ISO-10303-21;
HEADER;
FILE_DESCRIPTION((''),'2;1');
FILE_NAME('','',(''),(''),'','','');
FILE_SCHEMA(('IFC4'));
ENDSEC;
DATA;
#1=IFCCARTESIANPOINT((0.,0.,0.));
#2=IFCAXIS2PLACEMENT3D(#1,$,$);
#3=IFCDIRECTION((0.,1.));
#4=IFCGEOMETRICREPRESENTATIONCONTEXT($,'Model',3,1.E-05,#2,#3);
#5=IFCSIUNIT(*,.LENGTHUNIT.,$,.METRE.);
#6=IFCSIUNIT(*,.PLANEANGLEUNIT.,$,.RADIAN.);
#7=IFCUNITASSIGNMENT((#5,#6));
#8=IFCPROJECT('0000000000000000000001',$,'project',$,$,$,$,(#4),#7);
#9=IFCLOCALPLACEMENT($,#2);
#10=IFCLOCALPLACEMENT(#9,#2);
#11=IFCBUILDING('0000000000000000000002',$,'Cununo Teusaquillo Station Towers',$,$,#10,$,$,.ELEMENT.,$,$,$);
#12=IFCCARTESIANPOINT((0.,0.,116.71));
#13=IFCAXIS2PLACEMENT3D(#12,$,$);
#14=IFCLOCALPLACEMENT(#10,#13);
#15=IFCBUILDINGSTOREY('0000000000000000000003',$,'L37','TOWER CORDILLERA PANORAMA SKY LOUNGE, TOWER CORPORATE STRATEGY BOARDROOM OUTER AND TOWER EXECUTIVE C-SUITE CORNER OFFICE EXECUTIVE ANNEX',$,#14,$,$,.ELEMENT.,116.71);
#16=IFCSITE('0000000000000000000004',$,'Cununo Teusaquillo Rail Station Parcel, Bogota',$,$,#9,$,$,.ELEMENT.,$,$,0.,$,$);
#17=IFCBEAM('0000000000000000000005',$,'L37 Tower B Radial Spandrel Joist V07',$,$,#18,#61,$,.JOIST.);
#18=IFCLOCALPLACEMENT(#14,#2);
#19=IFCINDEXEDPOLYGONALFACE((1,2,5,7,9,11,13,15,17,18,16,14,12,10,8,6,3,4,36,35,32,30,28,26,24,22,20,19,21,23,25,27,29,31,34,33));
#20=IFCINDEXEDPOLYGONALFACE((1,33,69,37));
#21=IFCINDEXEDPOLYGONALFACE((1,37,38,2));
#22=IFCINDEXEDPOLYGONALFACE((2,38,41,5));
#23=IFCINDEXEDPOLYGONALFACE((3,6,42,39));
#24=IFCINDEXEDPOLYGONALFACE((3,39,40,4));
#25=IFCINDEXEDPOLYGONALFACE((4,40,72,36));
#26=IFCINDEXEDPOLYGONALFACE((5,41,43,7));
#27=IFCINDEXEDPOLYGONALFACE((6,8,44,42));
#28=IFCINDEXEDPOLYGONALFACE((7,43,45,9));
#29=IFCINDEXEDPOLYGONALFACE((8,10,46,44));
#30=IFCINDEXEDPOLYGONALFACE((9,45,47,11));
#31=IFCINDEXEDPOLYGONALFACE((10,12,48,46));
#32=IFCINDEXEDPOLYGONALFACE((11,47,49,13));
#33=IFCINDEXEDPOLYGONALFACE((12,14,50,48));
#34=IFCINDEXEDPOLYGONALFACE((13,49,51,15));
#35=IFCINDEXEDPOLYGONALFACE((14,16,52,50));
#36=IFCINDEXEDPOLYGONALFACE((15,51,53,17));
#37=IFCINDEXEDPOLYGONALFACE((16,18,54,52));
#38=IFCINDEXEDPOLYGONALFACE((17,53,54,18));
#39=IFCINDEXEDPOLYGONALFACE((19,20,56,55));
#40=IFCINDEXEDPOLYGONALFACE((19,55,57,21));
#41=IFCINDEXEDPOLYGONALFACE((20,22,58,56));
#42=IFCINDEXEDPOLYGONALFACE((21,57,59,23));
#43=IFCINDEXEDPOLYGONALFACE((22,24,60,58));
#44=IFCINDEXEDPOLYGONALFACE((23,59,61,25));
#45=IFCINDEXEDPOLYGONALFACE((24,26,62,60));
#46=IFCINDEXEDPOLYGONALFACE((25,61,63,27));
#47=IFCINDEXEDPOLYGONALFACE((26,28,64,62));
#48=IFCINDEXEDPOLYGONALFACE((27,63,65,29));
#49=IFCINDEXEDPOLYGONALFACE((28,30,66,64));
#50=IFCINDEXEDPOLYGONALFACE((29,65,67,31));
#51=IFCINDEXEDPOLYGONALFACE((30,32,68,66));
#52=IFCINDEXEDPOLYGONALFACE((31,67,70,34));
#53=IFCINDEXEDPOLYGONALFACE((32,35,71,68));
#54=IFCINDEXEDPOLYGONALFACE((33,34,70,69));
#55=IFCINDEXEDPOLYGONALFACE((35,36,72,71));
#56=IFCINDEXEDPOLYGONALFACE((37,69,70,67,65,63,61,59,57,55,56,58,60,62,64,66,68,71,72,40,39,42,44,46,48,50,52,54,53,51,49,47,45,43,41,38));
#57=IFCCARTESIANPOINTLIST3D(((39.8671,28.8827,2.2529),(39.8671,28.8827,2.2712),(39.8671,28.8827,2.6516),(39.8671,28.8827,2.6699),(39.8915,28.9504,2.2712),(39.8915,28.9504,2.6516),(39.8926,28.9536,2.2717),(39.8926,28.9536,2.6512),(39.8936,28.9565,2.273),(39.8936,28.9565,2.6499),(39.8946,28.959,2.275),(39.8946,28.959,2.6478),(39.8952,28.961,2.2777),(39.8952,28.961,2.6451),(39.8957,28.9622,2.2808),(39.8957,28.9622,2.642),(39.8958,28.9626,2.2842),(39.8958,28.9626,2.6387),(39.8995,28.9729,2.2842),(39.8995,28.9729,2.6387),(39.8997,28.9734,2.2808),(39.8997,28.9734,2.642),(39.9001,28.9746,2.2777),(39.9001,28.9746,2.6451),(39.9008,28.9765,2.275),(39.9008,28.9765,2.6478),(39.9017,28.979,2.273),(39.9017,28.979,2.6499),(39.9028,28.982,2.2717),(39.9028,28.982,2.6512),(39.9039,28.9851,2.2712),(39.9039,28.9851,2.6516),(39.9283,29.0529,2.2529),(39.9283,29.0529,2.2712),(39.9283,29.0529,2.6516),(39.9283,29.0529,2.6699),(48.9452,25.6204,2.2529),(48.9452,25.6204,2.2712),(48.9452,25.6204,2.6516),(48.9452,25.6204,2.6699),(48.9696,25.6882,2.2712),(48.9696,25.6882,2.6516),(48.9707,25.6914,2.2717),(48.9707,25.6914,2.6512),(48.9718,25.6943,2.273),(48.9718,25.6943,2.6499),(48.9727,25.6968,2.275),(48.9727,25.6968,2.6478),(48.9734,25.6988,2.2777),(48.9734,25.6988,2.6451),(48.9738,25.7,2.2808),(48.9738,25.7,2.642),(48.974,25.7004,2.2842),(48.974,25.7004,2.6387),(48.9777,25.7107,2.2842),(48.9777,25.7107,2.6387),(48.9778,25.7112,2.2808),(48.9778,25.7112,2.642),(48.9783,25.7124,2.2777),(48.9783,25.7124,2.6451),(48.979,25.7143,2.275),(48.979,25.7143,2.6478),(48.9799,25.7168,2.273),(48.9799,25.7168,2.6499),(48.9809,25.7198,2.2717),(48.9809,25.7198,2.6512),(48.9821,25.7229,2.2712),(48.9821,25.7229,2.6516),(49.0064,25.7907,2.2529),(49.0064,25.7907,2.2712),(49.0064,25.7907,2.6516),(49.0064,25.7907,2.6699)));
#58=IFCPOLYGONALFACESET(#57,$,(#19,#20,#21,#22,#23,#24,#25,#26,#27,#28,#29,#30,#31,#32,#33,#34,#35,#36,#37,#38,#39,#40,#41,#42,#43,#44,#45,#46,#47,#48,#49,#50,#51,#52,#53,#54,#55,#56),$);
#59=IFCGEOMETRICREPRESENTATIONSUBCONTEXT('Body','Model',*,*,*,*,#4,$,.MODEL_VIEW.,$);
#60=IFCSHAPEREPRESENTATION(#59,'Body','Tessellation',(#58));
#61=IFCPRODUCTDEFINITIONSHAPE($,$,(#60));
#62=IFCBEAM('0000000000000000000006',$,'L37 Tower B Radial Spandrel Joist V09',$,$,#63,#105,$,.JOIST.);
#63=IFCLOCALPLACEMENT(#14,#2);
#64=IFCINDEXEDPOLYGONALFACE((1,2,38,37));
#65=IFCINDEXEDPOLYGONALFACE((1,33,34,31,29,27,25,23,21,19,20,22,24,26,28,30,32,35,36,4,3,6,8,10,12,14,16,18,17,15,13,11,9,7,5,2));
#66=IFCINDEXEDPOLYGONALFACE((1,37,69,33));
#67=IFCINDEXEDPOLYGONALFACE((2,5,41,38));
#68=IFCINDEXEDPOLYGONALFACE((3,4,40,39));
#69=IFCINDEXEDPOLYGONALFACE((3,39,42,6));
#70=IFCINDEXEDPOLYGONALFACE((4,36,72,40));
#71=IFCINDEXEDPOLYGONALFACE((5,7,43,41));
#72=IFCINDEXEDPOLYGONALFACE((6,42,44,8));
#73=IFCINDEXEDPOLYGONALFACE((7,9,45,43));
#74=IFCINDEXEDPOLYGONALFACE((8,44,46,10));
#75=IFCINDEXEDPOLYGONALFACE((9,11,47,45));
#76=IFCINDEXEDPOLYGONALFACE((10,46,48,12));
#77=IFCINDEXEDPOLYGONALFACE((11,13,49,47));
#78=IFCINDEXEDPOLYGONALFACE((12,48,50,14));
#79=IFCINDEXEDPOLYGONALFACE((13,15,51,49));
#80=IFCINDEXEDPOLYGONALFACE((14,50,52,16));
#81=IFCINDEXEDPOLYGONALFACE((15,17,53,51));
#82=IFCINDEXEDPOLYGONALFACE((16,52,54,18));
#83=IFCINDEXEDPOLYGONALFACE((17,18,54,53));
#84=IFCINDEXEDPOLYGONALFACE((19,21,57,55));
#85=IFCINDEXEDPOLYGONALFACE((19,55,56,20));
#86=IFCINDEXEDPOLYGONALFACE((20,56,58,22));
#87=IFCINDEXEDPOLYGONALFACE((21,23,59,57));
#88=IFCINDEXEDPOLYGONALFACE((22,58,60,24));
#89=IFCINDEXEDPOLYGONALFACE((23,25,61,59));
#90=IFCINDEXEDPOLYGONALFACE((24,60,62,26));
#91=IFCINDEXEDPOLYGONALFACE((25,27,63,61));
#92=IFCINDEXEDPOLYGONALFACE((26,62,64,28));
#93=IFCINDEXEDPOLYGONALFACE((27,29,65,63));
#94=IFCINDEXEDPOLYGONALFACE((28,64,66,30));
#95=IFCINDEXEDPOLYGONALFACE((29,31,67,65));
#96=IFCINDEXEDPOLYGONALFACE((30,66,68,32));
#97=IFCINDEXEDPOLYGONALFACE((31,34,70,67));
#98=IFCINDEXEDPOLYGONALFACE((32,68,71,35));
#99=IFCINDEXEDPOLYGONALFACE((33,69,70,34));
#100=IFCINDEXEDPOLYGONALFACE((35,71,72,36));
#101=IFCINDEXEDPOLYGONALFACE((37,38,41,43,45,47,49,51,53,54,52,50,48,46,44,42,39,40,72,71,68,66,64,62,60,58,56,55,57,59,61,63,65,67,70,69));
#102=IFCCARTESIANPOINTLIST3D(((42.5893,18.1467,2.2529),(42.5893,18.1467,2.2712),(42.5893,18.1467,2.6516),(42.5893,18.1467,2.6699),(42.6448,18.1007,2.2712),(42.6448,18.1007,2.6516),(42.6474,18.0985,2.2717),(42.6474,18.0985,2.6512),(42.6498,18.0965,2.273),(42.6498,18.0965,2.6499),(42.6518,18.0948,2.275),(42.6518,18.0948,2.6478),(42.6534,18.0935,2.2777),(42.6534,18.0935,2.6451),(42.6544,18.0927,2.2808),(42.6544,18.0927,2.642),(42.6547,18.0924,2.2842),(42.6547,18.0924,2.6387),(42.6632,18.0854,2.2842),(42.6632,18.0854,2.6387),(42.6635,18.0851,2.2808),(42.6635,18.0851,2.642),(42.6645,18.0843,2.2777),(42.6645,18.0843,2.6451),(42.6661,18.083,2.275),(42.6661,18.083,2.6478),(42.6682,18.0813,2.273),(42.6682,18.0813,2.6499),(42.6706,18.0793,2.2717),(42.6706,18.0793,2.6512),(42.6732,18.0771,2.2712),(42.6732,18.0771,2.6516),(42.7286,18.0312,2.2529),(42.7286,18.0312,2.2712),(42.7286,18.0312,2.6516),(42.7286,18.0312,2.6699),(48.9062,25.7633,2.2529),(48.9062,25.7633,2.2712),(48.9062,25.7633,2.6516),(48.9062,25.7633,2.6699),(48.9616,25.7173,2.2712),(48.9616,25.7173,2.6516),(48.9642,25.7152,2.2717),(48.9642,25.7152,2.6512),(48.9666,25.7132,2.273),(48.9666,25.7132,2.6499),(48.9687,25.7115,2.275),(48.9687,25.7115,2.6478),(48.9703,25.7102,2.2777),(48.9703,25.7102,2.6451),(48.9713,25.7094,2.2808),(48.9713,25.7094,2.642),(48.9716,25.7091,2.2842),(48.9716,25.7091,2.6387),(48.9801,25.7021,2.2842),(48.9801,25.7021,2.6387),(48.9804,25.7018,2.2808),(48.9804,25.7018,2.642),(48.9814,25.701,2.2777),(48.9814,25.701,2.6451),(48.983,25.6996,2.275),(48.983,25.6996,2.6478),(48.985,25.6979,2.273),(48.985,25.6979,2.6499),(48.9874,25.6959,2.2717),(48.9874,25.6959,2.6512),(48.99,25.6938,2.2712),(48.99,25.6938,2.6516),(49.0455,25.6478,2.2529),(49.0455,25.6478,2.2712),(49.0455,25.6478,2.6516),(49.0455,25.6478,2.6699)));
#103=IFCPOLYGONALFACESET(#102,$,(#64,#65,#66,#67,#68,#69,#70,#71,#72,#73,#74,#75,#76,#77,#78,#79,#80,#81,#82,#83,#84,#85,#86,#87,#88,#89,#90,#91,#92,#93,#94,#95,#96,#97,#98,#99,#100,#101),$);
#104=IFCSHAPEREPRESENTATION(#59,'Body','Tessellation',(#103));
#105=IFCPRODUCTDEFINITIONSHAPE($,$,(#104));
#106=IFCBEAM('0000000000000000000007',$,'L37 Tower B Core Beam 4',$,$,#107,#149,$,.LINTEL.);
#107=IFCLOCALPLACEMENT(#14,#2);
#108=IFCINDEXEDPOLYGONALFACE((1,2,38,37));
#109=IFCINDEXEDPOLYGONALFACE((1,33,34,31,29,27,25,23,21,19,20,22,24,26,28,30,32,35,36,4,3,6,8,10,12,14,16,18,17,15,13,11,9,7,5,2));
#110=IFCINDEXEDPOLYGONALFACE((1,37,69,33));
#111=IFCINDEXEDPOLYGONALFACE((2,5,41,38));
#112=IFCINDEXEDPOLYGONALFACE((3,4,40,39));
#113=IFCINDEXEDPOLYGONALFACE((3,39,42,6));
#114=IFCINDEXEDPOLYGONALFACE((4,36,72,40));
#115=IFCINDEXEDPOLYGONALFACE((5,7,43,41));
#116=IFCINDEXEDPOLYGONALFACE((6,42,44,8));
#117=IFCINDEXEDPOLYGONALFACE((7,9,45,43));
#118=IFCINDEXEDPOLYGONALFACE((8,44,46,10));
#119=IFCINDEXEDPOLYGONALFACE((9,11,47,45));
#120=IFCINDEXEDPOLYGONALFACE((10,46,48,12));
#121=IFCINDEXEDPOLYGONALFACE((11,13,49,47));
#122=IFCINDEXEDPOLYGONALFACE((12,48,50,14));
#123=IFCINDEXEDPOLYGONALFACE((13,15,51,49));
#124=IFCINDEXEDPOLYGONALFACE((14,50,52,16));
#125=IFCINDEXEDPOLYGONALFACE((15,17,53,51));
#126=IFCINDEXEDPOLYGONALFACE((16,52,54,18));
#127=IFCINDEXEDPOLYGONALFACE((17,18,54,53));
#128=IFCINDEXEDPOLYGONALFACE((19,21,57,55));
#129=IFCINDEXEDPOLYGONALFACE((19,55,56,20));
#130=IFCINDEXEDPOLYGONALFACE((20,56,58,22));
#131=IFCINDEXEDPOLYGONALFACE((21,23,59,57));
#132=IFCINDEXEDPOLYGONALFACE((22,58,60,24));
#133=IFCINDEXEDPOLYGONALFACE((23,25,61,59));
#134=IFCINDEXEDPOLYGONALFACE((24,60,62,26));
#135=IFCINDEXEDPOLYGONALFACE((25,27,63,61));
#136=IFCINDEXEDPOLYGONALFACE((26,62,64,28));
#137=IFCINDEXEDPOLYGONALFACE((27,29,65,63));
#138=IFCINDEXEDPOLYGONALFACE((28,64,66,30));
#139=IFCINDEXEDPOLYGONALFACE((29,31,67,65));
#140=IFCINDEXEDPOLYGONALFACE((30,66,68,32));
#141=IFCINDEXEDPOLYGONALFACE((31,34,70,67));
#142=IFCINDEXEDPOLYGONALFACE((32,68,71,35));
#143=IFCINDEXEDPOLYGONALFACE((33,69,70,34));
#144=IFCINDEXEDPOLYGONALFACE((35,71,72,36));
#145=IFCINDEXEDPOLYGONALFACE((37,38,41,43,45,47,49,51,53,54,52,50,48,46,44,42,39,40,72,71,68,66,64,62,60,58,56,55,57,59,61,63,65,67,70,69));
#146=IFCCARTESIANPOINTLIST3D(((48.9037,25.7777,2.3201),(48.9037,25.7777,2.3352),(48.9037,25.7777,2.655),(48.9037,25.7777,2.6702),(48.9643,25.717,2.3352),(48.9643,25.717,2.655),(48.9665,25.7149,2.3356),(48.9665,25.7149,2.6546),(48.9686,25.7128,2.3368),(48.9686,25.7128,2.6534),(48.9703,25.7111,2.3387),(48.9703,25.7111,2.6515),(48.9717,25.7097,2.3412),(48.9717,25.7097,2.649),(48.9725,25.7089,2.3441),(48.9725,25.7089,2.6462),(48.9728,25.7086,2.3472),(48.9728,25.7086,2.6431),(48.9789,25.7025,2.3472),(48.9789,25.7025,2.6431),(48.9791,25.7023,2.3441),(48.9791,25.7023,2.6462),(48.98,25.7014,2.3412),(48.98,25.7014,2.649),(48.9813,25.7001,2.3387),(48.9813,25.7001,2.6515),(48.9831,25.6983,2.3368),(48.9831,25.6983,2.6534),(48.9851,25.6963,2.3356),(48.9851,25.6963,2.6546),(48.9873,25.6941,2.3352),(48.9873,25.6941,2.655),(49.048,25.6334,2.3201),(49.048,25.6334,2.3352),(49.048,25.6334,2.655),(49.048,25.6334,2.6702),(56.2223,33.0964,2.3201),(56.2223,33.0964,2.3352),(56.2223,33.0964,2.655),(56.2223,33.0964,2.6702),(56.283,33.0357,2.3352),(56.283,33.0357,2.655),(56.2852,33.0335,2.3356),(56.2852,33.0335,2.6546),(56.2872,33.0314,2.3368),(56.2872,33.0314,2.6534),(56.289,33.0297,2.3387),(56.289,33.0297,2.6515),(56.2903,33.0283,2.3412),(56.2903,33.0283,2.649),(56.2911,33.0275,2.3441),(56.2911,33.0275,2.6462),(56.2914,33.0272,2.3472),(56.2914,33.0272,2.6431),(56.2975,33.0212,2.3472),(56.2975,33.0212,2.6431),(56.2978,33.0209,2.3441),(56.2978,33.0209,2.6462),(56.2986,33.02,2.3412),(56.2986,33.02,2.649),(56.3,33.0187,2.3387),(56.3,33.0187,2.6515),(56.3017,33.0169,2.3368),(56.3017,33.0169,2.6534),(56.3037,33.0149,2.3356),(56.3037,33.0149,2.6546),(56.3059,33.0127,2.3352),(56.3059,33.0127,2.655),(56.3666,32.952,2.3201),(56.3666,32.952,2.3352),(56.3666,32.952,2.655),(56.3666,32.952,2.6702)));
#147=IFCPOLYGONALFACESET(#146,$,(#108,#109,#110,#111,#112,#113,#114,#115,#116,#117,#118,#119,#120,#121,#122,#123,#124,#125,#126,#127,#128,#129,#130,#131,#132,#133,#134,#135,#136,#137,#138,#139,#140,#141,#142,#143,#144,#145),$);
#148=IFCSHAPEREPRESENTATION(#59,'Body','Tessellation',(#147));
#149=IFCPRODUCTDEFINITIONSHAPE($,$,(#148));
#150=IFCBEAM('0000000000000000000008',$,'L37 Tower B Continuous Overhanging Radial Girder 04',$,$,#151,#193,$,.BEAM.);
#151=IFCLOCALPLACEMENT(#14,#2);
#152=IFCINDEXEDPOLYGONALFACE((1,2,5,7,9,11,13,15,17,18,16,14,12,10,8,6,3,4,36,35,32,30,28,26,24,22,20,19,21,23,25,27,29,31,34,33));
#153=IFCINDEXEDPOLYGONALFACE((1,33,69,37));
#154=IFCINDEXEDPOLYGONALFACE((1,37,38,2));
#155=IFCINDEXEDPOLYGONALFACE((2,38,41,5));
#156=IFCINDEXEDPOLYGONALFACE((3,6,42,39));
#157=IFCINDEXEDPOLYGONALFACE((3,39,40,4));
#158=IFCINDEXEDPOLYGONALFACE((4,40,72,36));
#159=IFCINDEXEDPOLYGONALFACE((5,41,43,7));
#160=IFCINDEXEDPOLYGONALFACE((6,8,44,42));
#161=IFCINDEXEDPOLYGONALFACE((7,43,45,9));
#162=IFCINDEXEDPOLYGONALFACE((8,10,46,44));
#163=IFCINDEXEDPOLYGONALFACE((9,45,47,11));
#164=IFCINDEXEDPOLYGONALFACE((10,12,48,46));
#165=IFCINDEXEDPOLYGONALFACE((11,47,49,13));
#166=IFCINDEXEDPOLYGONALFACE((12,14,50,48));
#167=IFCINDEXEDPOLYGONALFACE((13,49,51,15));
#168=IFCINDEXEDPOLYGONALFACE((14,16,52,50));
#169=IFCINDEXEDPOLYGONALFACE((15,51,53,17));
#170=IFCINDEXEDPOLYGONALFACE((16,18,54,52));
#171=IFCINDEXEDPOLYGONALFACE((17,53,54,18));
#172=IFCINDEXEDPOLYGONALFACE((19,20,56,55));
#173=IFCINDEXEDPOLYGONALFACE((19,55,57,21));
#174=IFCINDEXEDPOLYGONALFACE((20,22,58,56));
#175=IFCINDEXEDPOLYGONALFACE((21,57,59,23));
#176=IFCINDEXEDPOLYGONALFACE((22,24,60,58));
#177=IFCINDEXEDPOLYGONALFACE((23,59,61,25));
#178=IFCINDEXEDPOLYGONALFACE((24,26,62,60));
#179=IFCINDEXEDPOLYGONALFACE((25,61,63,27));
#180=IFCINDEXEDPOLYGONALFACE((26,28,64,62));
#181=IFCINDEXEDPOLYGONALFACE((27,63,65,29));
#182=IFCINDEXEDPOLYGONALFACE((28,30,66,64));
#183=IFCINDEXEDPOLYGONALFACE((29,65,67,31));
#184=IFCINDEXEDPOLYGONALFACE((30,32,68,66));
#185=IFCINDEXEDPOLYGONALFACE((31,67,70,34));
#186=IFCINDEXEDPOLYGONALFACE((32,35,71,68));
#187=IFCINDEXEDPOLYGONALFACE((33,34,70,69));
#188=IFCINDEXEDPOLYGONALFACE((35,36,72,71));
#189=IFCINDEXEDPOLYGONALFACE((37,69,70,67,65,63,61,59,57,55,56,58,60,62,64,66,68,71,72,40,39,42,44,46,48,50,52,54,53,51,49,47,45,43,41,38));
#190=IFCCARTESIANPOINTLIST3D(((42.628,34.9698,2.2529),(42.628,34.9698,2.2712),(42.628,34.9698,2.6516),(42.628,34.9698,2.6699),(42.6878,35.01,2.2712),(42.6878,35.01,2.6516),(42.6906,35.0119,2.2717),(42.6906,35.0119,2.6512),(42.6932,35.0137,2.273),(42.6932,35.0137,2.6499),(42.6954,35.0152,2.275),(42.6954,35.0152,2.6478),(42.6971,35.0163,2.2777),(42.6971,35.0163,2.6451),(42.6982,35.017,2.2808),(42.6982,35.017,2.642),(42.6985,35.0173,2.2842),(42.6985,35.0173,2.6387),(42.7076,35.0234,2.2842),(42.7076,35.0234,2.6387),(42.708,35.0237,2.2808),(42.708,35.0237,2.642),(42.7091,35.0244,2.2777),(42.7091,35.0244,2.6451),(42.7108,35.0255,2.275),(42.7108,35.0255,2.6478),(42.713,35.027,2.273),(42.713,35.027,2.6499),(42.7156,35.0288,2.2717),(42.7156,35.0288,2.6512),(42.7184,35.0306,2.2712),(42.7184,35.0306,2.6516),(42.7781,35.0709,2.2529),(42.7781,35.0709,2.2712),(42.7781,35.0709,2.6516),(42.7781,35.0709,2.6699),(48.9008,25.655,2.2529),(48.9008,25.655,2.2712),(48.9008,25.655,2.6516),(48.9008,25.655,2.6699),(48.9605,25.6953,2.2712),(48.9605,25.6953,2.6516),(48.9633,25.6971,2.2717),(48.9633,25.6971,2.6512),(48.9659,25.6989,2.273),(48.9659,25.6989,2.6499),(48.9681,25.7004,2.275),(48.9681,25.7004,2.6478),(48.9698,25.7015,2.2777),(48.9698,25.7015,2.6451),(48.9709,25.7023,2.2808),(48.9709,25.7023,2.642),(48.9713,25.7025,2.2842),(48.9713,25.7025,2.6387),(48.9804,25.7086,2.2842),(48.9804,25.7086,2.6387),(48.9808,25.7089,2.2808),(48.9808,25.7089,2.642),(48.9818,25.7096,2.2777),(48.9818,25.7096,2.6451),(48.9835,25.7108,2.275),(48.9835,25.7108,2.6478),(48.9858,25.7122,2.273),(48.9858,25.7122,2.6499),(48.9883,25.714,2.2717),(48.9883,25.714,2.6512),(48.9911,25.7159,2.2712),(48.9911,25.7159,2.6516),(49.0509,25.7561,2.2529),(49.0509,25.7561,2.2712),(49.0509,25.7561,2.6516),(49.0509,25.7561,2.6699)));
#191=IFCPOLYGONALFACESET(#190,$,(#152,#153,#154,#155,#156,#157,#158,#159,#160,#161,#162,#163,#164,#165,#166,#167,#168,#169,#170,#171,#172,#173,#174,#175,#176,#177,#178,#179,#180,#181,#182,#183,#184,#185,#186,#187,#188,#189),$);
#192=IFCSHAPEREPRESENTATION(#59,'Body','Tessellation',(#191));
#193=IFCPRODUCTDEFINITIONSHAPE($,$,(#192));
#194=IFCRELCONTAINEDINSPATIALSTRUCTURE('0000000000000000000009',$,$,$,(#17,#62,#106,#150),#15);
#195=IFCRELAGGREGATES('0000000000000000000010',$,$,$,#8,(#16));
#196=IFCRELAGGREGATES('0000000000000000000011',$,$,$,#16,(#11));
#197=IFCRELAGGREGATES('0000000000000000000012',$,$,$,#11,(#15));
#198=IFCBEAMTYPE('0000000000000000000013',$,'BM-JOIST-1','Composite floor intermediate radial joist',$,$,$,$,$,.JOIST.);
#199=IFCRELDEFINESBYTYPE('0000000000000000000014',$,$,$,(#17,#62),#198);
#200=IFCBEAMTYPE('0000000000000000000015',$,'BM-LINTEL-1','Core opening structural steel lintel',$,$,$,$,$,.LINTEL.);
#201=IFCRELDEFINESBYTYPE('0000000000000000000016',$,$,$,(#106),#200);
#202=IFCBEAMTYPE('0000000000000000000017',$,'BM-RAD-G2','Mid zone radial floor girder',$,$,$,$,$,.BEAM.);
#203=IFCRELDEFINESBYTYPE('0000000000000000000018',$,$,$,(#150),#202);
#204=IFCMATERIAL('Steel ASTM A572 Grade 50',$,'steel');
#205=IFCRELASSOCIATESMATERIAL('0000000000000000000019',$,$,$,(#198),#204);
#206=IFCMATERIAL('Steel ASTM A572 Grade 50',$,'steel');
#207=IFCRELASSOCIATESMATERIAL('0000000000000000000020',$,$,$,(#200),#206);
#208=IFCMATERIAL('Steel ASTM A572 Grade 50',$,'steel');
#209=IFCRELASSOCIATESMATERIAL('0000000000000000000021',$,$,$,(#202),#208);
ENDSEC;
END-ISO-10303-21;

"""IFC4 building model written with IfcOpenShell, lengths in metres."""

from ifc_helpers import new_model, si_unit, direction, frame, origin, origin_2d, place, context, subcontext, project, spatial, i_section, extrude, material, material_profile, profile_set, type_object, element, save


model = new_model("IFC4")

# Units and contexts
model_context = context("Model", 3, precision=1e-05, world=origin(), true_north=direction((0.0, 1.0)))
body_context = subcontext(model_context, "Body", "Model", "MODEL_VIEW")
ifc_project = project(units=[si_unit("LENGTHUNIT", "METRE"), si_unit("PLANEANGLEUNIT", "RADIAN")], contexts=[model_context])

# Site, building, storey
site_placement = place(None, origin())
site = spatial("IfcSite", under=ifc_project, at=site_placement, Name="Cununo Teusaquillo Rail Station Parcel, Bogota", CompositionType="ELEMENT", RefElevation=0.0)
building_placement = place(site_placement, origin())
building = spatial("IfcBuilding", under=site, at=building_placement, Name="Cununo Teusaquillo Station Towers", CompositionType="ELEMENT")
storey_placement = place(building_placement, frame((0.0, 0.0, 116.71)))
storey = spatial("IfcBuildingStorey", under=building, at=storey_placement, Name="L37", Description="TOWER CORDILLERA PANORAMA SKY LOUNGE, TOWER CORPORATE STRATEGY BOARDROOM OUTER AND TOWER EXECUTIVE C-SUITE CORNER OFFICE EXECUTIVE ANNEX", CompositionType="ELEMENT", Elevation=116.71)

# Beams
ifc_material_1 = material(Name="Steel ASTM A572 Grade 50", Category="steel")
ifc_material_profile_1 = material_profile(ifc_material_1, i_section(OverallWidth=0.1809, OverallDepth=0.417, WebThickness=0.011, FlangeThickness=0.0183, FilletRadius=0.0129, at=origin_2d()), Name="W16X57")
ifc_profile_set_1 = profile_set([ifc_material_profile_1], Name="Steel ASTM A572 Grade 50")
beam_type_1 = type_object("IfcBeamType", Name="BM-JOIST-1", Description="Composite floor intermediate radial joist", PredefinedType="JOIST", material=ifc_profile_set_1)
beam_1_placement = place(storey_placement, frame((48.9758, 25.7056, 2.4614), z_axis=(-0.941083, 0.338176, 0.0), x_axis=(-0.338176, -0.941083, 0.0)))
element("IfcBeam", 1, at=beam_1_placement, inside=storey, type_object=beam_type_1, Name="L37 Tower B Radial Spandrel Joist V07", PredefinedType="JOIST", context=body_context, shape_type="SweptSolid", body=[
    extrude(i_section(OverallWidth=0.1809, OverallDepth=0.417, WebThickness=0.011, FlangeThickness=0.0183, FilletRadius=0.0129, at=origin_2d()), origin(), (0.0, 0.0, 1.0), 9.6465),
])
beam_2_placement = place(storey_placement, frame((48.9758, 25.7056, 2.4614), z_axis=(-0.638372, -0.769728, 0.0), x_axis=(0.769728, -0.638372, 0.0)))
element("IfcBeam", 2, at=beam_2_placement, inside=storey, type_object=beam_type_1, Name="L37 Tower B Radial Spandrel Joist V09", PredefinedType="JOIST", context=body_context, shape_type="SweptSolid", body=[
    extrude(i_section(OverallWidth=0.1809, OverallDepth=0.417, WebThickness=0.011, FlangeThickness=0.0183, FilletRadius=0.0129, at=origin_2d()), origin(), (0.0, 0.0, 1.0), 9.8953),
])
ifc_material_2 = material(Name="Steel ASTM A572 Grade 50", Category="steel")
ifc_material_profile_2 = material_profile(ifc_material_2, i_section(OverallWidth=0.2041, OverallDepth=0.3501, WebThickness=0.0085, FlangeThickness=0.0151, FilletRadius=0.012, at=origin_2d()), Name="W14X48")
ifc_profile_set_2 = profile_set([ifc_material_profile_2], Name="Steel ASTM A572 Grade 50")
beam_type_2 = type_object("IfcBeamType", Name="BM-LINTEL-1", Description="Core opening structural steel lintel", PredefinedType="LINTEL", material=ifc_profile_set_2)
beam_3_placement = place(storey_placement, frame((48.9758, 25.7056, 2.4951), z_axis=(0.707107, 0.707107, 0.0), x_axis=(-0.707107, 0.707107, 0.0)))
element("IfcBeam", 3, at=beam_3_placement, inside=storey, type_object=beam_type_2, Name="L37 Tower B Core Beam 4", PredefinedType="LINTEL", context=body_context, shape_type="SweptSolid", body=[
    extrude(i_section(OverallWidth=0.2041, OverallDepth=0.3501, WebThickness=0.0085, FlangeThickness=0.0151, FilletRadius=0.012, at=origin_2d()), origin(), (0.0, 0.0, 1.0), 10.3501),
])
ifc_material_3 = material(Name="Steel ASTM A572 Grade 50", Category="steel")
ifc_material_profile_3 = material_profile(ifc_material_3, i_section(OverallWidth=0.1809, OverallDepth=0.417, WebThickness=0.011, FlangeThickness=0.0183, FilletRadius=0.0129, at=origin_2d()), Name="W16X57")
ifc_profile_set_3 = profile_set([ifc_material_profile_3], Name="Steel ASTM A572 Grade 50")
beam_type_3 = type_object("IfcBeamType", Name="BM-RAD-G2", Description="Mid zone radial floor girder", PredefinedType="BEAM", material=ifc_profile_set_3)
beam_4_placement = place(storey_placement, frame((48.9758, 25.7056, 2.4614), z_axis=(-0.558572, 0.829456, 0.0), x_axis=(-0.829456, -0.558572, 0.0)))
element("IfcBeam", 4, at=beam_4_placement, inside=storey, type_object=beam_type_3, Name="L37 Tower B Continuous Overhanging Radial Girder 04", PredefinedType="BEAM", context=body_context, shape_type="SweptSolid", body=[
    extrude(i_section(OverallWidth=0.1809, OverallDepth=0.417, WebThickness=0.011, FlangeThickness=0.0183, FilletRadius=0.0129, at=origin_2d()), origin(), (0.0, 0.0, 1.0), 11.23),
])

save(model, "model.ifc")
